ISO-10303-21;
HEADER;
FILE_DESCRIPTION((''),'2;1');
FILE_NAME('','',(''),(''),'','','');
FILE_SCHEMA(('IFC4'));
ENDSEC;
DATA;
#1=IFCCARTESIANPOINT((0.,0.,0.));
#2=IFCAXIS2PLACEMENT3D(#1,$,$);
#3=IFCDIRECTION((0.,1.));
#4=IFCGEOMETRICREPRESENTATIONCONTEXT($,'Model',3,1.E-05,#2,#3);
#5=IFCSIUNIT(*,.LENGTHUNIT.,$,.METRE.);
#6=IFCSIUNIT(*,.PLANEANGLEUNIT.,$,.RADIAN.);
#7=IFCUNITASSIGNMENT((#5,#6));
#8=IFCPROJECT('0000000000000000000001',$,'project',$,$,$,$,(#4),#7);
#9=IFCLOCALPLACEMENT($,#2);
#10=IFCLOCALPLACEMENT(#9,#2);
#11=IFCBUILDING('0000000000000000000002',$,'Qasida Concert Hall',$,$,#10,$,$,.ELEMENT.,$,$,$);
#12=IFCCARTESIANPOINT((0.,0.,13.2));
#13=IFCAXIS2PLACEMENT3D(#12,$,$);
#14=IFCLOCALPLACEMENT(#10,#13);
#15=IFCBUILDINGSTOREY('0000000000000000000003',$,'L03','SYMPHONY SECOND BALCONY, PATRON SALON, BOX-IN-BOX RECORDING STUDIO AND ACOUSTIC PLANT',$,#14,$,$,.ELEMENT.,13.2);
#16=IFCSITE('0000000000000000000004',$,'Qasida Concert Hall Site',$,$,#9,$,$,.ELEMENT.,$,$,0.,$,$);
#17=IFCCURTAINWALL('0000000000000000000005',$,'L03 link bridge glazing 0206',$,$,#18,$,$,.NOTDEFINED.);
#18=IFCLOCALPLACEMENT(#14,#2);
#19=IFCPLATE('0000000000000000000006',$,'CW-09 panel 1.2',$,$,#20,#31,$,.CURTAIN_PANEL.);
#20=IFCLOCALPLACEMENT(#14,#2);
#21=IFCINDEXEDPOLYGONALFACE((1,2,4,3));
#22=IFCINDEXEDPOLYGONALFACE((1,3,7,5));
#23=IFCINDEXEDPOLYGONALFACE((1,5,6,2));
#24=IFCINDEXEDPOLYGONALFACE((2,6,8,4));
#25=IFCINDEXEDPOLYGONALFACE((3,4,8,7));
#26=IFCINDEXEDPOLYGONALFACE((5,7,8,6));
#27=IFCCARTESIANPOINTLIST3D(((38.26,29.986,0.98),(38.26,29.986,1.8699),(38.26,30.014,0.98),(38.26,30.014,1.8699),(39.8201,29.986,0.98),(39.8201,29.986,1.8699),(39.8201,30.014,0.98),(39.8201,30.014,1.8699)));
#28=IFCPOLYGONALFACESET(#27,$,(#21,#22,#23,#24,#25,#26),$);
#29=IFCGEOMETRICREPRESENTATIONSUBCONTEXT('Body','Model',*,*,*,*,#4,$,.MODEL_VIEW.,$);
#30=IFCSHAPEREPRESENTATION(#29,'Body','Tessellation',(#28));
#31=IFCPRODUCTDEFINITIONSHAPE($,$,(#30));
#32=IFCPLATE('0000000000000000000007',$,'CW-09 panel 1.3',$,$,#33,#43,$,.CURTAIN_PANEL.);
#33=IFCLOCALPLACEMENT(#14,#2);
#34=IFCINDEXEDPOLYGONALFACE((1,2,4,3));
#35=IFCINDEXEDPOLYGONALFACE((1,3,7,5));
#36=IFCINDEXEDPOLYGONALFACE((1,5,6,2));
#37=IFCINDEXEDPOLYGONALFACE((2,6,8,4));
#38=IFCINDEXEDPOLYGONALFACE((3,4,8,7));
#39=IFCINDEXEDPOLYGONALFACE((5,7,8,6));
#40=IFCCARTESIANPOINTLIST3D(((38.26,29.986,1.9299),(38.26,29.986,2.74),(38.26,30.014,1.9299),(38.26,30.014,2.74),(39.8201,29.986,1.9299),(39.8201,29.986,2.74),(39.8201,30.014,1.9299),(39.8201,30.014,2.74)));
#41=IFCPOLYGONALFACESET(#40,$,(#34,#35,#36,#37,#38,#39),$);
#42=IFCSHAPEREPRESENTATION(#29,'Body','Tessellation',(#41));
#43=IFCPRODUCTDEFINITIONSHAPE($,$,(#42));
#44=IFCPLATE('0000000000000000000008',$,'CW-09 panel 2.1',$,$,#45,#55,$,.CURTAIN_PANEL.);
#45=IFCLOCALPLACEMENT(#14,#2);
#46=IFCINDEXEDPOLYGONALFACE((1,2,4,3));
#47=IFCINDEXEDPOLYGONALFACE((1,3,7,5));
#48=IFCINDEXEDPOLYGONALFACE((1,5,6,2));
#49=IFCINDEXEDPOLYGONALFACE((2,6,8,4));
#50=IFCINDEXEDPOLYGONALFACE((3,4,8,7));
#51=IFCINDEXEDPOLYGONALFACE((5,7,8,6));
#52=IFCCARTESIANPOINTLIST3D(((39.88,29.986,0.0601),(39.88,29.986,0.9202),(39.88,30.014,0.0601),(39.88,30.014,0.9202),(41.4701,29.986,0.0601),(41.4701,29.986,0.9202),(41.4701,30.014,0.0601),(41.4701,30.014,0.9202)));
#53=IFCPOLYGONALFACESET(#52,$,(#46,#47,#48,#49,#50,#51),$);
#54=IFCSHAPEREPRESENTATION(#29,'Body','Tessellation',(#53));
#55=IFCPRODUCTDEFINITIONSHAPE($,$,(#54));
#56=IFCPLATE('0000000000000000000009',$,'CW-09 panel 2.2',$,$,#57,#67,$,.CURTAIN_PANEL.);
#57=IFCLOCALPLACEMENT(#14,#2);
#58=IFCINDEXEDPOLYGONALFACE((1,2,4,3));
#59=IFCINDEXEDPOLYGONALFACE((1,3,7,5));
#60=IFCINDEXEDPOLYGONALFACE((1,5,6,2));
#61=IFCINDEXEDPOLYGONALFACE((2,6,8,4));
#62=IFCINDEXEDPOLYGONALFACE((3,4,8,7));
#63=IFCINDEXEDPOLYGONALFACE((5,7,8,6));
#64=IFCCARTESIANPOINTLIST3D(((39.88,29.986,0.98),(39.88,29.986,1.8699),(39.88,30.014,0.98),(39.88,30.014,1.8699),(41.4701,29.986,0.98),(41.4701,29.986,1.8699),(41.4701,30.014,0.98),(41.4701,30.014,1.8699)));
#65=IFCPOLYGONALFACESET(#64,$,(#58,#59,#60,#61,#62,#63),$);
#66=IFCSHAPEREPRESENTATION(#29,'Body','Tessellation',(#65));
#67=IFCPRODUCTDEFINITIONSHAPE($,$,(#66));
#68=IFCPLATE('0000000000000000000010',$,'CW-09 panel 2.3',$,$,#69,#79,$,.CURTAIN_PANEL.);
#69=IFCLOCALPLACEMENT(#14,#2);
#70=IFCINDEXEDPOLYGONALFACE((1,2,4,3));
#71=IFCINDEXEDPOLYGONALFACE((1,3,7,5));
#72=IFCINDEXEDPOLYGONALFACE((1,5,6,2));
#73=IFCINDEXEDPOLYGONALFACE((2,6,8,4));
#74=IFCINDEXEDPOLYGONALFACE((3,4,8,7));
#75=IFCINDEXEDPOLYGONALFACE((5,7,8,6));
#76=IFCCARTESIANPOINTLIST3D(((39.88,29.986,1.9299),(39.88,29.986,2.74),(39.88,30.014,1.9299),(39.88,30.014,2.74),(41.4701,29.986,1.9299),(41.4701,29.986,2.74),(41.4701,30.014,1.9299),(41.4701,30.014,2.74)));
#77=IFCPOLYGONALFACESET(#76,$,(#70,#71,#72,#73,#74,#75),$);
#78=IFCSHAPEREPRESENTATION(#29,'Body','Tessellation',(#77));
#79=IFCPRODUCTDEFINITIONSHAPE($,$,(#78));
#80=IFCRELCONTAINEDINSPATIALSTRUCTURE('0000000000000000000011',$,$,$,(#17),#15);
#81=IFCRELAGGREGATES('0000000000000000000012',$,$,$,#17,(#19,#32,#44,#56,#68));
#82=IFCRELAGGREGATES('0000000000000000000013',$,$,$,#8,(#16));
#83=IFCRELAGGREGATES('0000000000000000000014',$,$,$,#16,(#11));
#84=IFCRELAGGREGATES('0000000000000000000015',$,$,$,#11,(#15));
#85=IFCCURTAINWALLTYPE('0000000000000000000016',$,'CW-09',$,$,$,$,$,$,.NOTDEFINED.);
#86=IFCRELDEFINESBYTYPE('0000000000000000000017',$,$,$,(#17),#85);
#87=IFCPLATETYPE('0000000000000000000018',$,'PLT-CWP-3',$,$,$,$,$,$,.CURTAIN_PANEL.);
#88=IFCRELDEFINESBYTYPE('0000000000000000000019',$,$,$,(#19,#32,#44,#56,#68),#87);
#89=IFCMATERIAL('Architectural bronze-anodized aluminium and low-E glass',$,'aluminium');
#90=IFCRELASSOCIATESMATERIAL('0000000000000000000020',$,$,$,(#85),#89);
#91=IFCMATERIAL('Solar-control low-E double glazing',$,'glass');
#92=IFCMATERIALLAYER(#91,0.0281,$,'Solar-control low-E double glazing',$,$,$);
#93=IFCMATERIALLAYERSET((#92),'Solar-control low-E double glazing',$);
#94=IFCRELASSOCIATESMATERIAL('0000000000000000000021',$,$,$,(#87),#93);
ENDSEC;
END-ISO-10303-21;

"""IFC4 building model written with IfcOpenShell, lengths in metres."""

from ifc_helpers import new_model, si_unit, direction, frame, origin, origin_2d, place, context, subcontext, project, spatial, rectangle, extrude, material, layer, layer_set, type_object, element, aggregate, save


model = new_model("IFC4")

# Units and contexts
model_context = context("Model", 3, precision=1e-05, world=origin(), true_north=direction((0.0, 1.0)))
body_context = subcontext(model_context, "Body", "Model", "MODEL_VIEW")
ifc_project = project(units=[si_unit("LENGTHUNIT", "METRE"), si_unit("PLANEANGLEUNIT", "RADIAN")], contexts=[model_context])

# Site, building, storey
site_placement = place(None, origin())
site = spatial("IfcSite", under=ifc_project, at=site_placement, Name="Qasida Concert Hall Site", CompositionType="ELEMENT", RefElevation=0.0)
building_placement = place(site_placement, origin())
building = spatial("IfcBuilding", under=site, at=building_placement, Name="Qasida Concert Hall", CompositionType="ELEMENT")
storey_placement = place(building_placement, frame((0.0, 0.0, 13.2)))
storey = spatial("IfcBuildingStorey", under=building, at=storey_placement, Name="L03", Description="SYMPHONY SECOND BALCONY, PATRON SALON, BOX-IN-BOX RECORDING STUDIO AND ACOUSTIC PLANT", CompositionType="ELEMENT", Elevation=13.2)

# Curtain wall
ifc_material_1 = material(Name="Architectural bronze-anodized aluminium and low-E glass", Category="aluminium")
curtain_wall_type = type_object("IfcCurtainWallType", Name="CW-09", PredefinedType="NOTDEFINED", material=ifc_material_1)
curtain_wall_1_placement = place(storey_placement, origin())
curtain_wall_1 = element("IfcCurtainWall", 1, at=curtain_wall_1_placement, inside=storey, type_object=curtain_wall_type, Name="L03 link bridge glazing 0206", PredefinedType="NOTDEFINED")

# Plates
ifc_material_2 = material(Name="Solar-control low-E double glazing", Category="glass")
ifc_layer_1 = layer(ifc_material_2, 0.0281, Name="Solar-control low-E double glazing")
ifc_layer_set_1 = layer_set([ifc_layer_1], Name="Solar-control low-E double glazing")
plate_type = type_object("IfcPlateType", Name="PLT-CWP-3", PredefinedType="CURTAIN_PANEL", material=ifc_layer_set_1)
plate_1_placement = place(storey_placement, frame((39.04, 30.0, 0.98), z_axis=(0.0, 0.0, 1.0), x_axis=(1.0, 0.0, 0.0)))
plate_1 = element("IfcPlate", 2, at=plate_1_placement, type_object=plate_type, Name="CW-09 panel 1.2", PredefinedType="CURTAIN_PANEL", context=body_context, shape_type="SweptSolid", body=[
    extrude(rectangle(XDim=1.5601, YDim=0.0281, at=origin_2d()), origin(), (0.0, 0.0, 1.0), 0.8899),
])
plate_2_placement = place(storey_placement, frame((39.04, 30.0, 1.9299), z_axis=(0.0, 0.0, 1.0), x_axis=(1.0, 0.0, 0.0)))
plate_2 = element("IfcPlate", 3, at=plate_2_placement, type_object=plate_type, Name="CW-09 panel 1.3", PredefinedType="CURTAIN_PANEL", context=body_context, shape_type="SweptSolid", body=[
    extrude(rectangle(XDim=1.5601, YDim=0.0281, at=origin_2d()), origin(), (0.0, 0.0, 1.0), 0.8101),
])
plate_3_placement = place(storey_placement, frame((40.675, 30.0, 0.0601), z_axis=(0.0, 0.0, 1.0), x_axis=(1.0, 0.0, 0.0)))
plate_3 = element("IfcPlate", 4, at=plate_3_placement, type_object=plate_type, Name="CW-09 panel 2.1", PredefinedType="CURTAIN_PANEL", context=body_context, shape_type="SweptSolid", body=[
    extrude(rectangle(XDim=1.5901, YDim=0.0281, at=origin_2d()), origin(), (0.0, 0.0, 1.0), 0.8601),
])
plate_4_placement = place(storey_placement, frame((40.675, 30.0, 0.98), z_axis=(0.0, 0.0, 1.0), x_axis=(1.0, 0.0, 0.0)))
plate_4 = element("IfcPlate", 5, at=plate_4_placement, type_object=plate_type, Name="CW-09 panel 2.2", PredefinedType="CURTAIN_PANEL", context=body_context, shape_type="SweptSolid", body=[
    extrude(rectangle(XDim=1.5901, YDim=0.0281, at=origin_2d()), origin(), (0.0, 0.0, 1.0), 0.8899),
])
plate_5_placement = place(storey_placement, frame((40.675, 30.0, 1.9299), z_axis=(0.0, 0.0, 1.0), x_axis=(1.0, 0.0, 0.0)))
plate_5 = element("IfcPlate", 6, at=plate_5_placement, type_object=plate_type, Name="CW-09 panel 2.3", PredefinedType="CURTAIN_PANEL", context=body_context, shape_type="SweptSolid", body=[
    extrude(rectangle(XDim=1.5901, YDim=0.0281, at=origin_2d()), origin(), (0.0, 0.0, 1.0), 0.8101),
])
aggregate(curtain_wall_1, [plate_1, plate_2, plate_3, plate_4, plate_5])

save(model, "model.ifc")
